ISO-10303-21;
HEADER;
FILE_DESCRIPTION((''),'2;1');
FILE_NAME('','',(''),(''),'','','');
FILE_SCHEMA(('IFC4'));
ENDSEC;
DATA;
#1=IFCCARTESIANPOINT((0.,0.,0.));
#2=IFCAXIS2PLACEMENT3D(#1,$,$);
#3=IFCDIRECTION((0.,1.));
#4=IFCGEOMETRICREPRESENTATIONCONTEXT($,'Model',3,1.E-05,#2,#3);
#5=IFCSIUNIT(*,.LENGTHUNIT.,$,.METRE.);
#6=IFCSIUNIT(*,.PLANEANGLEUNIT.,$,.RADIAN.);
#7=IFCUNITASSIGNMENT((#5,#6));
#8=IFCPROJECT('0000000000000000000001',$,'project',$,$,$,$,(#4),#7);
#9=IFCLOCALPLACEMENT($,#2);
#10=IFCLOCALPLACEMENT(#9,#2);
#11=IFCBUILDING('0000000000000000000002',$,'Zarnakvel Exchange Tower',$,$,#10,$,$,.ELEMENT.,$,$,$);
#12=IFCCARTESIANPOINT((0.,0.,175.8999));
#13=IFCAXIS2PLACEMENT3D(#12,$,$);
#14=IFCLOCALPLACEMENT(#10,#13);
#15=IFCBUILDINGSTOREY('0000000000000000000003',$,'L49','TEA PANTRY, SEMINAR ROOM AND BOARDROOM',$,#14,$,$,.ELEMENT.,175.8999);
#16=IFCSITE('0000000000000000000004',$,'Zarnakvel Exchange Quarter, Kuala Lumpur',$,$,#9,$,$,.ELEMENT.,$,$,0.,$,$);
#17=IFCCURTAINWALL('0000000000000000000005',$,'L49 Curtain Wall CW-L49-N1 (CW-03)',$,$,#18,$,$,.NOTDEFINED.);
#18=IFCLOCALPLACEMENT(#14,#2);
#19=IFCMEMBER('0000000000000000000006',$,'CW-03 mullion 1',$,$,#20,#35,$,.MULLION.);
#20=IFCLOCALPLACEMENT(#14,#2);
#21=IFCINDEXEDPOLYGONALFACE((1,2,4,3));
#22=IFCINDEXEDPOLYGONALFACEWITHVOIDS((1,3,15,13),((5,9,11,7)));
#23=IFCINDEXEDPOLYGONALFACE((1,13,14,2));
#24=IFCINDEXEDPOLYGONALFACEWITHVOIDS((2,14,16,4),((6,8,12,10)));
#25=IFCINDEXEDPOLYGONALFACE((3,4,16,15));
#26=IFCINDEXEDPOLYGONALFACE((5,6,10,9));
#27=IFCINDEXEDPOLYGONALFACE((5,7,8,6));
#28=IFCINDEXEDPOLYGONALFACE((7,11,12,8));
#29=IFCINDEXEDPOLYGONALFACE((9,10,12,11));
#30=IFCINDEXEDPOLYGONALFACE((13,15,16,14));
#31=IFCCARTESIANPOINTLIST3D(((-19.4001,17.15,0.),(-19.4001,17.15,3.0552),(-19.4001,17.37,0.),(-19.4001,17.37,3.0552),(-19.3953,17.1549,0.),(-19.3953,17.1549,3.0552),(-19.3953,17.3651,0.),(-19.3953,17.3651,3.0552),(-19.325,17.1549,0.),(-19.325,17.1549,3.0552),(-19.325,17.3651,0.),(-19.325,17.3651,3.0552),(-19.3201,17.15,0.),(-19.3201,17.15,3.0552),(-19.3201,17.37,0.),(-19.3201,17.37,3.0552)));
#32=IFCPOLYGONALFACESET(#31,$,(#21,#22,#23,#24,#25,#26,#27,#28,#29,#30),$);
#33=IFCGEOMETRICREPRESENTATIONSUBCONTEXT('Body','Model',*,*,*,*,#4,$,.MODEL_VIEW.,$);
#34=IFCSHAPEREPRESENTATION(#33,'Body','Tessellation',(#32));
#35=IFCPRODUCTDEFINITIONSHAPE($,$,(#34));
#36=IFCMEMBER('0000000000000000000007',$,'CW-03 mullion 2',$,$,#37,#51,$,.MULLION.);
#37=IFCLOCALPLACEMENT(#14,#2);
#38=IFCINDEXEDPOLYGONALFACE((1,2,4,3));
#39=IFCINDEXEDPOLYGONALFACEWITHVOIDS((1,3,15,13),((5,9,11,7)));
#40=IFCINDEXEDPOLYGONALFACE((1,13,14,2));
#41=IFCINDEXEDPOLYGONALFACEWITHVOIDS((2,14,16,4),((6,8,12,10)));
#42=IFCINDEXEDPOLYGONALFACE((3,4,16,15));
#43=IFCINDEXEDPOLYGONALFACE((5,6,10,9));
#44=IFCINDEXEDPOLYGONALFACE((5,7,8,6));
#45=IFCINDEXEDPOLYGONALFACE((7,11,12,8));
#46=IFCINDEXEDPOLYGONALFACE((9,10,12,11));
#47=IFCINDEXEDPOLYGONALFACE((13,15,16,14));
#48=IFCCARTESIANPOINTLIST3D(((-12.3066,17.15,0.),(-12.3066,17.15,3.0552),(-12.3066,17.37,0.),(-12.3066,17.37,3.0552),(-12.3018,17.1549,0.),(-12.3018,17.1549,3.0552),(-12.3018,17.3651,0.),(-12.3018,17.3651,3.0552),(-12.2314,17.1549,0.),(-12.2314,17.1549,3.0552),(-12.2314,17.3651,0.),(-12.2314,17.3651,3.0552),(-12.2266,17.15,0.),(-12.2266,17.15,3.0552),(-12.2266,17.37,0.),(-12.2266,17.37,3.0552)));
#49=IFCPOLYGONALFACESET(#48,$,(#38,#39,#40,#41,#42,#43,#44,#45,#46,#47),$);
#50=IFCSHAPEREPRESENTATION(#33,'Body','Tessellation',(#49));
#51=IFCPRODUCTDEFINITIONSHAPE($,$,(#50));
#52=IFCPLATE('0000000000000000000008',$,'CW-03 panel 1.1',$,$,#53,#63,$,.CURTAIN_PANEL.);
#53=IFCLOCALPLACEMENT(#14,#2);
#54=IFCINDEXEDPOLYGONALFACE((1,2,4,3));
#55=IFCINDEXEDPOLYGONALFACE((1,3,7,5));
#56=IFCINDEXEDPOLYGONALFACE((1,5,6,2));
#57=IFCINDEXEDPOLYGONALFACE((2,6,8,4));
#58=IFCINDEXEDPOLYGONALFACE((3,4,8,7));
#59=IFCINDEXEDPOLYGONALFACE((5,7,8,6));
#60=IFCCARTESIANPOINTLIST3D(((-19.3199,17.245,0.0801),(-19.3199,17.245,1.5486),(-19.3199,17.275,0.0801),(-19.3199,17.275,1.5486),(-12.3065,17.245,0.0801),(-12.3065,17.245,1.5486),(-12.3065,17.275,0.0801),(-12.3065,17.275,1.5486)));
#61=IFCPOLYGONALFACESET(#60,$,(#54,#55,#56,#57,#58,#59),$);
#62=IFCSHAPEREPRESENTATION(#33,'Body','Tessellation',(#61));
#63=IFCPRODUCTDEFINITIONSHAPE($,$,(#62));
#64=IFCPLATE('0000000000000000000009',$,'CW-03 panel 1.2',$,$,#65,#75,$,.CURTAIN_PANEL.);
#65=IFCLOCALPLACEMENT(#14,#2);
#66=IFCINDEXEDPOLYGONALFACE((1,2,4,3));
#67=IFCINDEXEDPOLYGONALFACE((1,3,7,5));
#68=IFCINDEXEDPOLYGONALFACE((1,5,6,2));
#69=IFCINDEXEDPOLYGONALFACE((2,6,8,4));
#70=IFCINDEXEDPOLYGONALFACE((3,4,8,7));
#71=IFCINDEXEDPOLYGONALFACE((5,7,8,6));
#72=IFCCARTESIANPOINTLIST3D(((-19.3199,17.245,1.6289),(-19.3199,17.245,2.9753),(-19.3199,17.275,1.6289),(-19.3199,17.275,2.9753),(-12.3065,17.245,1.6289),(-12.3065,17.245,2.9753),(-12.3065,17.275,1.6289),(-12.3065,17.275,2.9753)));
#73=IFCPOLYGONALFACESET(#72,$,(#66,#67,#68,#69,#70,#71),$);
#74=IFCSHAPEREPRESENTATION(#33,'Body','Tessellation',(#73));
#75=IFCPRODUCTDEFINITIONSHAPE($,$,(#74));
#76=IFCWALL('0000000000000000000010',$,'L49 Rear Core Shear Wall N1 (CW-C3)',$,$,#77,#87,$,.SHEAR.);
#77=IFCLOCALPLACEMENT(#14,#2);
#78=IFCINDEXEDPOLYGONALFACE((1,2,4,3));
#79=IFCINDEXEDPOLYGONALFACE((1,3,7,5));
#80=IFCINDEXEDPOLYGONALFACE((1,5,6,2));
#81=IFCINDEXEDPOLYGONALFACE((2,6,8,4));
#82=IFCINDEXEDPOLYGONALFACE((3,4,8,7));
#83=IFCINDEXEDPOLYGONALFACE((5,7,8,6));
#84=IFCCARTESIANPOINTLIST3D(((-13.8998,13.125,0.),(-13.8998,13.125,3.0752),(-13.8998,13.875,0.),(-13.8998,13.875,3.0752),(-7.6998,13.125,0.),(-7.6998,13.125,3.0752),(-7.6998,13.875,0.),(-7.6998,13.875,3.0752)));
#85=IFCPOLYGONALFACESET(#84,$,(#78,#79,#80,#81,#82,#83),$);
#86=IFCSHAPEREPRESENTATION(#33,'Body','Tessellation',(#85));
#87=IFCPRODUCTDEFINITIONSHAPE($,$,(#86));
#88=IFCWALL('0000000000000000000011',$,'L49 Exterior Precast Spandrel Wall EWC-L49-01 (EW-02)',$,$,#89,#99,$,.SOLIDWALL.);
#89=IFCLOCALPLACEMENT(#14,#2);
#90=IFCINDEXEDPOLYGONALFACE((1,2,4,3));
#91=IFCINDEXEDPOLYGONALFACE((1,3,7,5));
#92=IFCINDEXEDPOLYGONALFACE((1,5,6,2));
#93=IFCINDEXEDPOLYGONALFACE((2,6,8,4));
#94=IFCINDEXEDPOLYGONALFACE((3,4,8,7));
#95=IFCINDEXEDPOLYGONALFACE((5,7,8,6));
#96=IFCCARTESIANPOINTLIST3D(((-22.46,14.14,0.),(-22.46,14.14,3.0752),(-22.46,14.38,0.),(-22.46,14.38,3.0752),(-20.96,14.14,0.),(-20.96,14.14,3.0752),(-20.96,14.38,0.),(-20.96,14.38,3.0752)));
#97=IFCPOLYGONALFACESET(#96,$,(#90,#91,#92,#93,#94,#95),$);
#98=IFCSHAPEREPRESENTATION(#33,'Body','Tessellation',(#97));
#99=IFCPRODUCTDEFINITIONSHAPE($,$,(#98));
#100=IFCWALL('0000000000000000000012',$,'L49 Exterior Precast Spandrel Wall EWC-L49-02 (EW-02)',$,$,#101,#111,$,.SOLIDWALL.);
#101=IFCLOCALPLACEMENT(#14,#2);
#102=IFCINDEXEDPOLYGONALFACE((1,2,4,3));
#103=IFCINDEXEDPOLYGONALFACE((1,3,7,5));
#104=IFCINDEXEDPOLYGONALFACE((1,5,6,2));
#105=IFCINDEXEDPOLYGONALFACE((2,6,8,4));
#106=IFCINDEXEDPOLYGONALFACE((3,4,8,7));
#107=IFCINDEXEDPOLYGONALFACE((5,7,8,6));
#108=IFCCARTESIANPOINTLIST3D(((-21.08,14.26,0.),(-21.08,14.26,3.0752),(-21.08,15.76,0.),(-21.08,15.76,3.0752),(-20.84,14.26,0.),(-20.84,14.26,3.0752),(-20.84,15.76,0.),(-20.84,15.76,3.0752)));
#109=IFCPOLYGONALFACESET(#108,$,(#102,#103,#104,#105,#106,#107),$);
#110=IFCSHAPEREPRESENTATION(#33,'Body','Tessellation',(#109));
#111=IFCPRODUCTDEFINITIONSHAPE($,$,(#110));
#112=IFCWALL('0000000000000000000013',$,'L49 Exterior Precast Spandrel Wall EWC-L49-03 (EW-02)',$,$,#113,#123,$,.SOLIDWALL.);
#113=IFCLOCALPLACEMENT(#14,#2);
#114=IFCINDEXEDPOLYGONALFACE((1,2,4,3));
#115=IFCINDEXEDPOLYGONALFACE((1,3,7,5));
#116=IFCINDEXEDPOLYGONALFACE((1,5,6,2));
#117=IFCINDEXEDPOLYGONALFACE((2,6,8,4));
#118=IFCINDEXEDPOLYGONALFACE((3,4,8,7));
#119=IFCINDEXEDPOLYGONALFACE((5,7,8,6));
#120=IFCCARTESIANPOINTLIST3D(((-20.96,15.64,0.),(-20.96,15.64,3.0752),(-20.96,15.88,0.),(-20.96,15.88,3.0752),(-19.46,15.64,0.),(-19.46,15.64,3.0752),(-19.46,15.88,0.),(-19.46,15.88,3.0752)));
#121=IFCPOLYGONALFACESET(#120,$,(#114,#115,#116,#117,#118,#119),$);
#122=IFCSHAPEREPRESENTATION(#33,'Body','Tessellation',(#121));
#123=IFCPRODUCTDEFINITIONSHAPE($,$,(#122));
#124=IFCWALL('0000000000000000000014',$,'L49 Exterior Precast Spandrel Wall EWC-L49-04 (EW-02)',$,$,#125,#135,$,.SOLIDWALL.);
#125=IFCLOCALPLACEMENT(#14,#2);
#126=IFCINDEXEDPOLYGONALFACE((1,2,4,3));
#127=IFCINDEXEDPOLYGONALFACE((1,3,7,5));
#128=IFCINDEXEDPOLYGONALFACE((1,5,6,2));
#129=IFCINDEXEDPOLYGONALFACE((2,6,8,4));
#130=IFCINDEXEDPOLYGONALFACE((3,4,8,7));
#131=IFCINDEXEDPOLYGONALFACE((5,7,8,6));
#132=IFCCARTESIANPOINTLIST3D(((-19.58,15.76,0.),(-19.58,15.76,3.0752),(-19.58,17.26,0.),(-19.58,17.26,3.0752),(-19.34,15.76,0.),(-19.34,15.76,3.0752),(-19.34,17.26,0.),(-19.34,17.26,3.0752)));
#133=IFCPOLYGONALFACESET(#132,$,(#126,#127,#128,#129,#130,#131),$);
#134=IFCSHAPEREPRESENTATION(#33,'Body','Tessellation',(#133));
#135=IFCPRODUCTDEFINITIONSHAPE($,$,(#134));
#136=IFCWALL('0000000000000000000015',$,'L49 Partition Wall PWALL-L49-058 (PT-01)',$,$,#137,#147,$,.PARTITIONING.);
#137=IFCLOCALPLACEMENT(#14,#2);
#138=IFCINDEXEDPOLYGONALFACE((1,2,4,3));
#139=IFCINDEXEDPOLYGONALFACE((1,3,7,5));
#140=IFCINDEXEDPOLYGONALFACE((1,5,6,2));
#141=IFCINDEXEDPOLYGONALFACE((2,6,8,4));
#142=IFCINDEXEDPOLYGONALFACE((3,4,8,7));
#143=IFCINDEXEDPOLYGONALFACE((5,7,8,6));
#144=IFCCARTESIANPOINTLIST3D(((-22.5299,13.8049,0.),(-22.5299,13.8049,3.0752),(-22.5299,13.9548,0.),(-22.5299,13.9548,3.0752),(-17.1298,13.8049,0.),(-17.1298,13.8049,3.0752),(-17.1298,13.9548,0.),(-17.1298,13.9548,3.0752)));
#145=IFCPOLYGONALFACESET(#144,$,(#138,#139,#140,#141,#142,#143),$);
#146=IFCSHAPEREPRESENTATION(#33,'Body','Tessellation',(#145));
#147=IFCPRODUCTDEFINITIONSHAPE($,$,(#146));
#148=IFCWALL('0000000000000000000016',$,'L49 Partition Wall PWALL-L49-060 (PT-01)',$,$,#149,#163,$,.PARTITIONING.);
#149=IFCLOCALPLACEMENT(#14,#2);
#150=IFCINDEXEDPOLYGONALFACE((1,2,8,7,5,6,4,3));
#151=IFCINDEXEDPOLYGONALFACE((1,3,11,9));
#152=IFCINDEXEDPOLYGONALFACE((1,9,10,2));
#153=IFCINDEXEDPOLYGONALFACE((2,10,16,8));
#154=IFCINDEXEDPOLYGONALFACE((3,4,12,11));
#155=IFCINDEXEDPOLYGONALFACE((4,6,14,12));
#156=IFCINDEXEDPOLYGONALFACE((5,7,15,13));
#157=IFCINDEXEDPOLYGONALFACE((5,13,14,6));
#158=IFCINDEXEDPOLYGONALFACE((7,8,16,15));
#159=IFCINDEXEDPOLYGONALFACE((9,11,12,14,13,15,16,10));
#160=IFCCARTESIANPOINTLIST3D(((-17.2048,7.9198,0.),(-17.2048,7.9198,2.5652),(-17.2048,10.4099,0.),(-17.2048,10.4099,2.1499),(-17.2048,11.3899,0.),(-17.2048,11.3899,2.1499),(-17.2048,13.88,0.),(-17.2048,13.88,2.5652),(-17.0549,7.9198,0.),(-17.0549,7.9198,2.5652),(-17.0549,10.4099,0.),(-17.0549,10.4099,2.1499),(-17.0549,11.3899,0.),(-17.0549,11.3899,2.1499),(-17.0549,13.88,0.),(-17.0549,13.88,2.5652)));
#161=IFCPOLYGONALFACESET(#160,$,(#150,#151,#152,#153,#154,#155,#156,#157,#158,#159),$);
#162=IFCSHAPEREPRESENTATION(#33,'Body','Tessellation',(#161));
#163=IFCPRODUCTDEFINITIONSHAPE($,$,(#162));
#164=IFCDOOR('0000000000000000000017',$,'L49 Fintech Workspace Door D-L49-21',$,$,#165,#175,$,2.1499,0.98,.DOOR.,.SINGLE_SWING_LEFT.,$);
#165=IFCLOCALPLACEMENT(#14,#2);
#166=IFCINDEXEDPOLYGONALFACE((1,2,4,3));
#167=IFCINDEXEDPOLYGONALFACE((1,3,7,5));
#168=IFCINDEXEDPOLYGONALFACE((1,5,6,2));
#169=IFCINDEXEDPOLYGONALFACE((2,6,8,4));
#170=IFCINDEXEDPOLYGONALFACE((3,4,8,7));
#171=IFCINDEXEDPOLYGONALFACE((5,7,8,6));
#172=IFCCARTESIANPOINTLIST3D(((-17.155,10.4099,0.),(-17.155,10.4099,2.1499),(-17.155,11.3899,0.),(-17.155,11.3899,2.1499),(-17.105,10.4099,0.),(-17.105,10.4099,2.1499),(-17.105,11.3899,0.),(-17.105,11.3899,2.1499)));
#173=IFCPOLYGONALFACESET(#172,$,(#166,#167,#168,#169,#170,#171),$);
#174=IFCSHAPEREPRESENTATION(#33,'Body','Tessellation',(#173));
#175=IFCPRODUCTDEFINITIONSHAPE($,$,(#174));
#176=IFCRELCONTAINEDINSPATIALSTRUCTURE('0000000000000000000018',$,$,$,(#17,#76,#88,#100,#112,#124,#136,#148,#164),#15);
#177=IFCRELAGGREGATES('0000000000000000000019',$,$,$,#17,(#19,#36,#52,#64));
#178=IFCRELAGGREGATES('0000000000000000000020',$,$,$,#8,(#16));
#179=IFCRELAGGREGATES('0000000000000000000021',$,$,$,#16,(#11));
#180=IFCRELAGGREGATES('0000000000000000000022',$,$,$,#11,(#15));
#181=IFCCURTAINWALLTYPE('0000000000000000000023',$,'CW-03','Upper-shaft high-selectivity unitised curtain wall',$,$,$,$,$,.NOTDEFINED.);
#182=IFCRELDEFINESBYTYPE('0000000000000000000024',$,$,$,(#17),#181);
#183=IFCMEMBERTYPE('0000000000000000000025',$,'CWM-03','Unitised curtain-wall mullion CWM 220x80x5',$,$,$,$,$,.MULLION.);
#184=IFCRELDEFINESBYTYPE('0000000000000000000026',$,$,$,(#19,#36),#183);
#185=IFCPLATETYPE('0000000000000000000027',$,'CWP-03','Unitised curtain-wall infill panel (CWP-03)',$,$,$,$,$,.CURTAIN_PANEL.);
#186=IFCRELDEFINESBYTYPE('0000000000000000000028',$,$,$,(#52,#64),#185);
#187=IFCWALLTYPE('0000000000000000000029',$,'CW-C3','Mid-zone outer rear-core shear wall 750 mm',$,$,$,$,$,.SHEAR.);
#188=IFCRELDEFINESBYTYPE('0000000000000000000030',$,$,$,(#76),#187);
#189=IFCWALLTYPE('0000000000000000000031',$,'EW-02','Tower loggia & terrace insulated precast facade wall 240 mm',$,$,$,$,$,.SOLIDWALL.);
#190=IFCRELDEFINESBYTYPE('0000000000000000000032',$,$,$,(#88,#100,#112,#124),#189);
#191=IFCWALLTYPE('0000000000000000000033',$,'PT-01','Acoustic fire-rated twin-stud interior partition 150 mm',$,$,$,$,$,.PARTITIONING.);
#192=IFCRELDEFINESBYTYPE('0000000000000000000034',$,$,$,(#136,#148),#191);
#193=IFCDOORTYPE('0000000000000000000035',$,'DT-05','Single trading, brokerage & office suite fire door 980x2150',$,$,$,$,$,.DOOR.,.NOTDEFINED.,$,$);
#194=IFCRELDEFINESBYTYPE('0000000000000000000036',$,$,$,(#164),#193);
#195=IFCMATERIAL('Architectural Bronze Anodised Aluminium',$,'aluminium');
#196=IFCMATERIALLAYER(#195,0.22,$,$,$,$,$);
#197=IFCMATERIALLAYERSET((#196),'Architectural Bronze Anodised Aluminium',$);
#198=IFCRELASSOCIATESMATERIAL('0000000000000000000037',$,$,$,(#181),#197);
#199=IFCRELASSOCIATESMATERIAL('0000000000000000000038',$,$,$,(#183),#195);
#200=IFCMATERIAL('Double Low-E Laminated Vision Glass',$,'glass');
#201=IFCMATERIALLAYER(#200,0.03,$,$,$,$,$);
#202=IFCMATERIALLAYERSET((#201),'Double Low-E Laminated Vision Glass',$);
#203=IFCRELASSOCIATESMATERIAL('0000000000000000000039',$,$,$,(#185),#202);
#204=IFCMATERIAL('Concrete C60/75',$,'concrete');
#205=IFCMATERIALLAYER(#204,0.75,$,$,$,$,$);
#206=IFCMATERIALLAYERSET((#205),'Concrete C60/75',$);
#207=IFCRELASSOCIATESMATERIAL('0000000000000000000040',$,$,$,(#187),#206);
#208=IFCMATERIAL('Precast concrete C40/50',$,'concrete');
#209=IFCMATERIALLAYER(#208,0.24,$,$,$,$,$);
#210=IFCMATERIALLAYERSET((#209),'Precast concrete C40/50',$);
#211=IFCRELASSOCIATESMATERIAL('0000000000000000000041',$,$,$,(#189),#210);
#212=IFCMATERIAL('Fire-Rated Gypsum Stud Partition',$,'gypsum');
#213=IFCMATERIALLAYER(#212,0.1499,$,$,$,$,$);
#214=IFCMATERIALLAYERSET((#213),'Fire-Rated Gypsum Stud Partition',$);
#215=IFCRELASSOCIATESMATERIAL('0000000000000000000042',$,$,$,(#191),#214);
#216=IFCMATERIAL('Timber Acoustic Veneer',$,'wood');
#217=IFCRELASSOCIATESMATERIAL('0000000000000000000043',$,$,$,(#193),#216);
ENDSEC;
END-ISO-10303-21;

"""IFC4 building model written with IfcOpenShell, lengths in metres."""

from ifc_helpers import new_model, si_unit, direction, frame, frame_2d, origin, origin_2d, place, context, subcontext, project, spatial, rectangle, hollow_rectangle, extrude, source, transform, mapped, material, layer, layer_set, material_profile, profile_set, type_object, element, fill, aggregate, save


model = new_model("IFC4")

# Units and contexts
model_context = context("Model", 3, precision=1e-05, world=origin(), true_north=direction((0.0, 1.0)))
body_context = subcontext(model_context, "Body", "Model", "MODEL_VIEW")
ifc_project = project(units=[si_unit("LENGTHUNIT", "METRE"), si_unit("PLANEANGLEUNIT", "RADIAN")], contexts=[model_context])

# Site, building, storey
site_placement = place(None, origin())
site = spatial("IfcSite", under=ifc_project, at=site_placement, Name="Zarnakvel Exchange Quarter, Kuala Lumpur", CompositionType="ELEMENT", RefElevation=0.0)
building_placement = place(site_placement, origin())
building = spatial("IfcBuilding", under=site, at=building_placement, Name="Zarnakvel Exchange Tower", CompositionType="ELEMENT")
storey_placement = place(building_placement, frame((0.0, 0.0, 175.8999)))
storey = spatial("IfcBuildingStorey", under=building, at=storey_placement, Name="L49", Description="TEA PANTRY, SEMINAR ROOM AND BOARDROOM", CompositionType="ELEMENT", Elevation=175.8999)

# Shared definitions
ifc_material_1 = material(Name="Concrete C60/75", Category="concrete")

# Shared definitions
ifc_material_2 = material(Name="Architectural Bronze Anodised Aluminium", Category="aluminium")

# Curtain wall, members, plates
ifc_layer_1 = layer(ifc_material_2, 0.22)
ifc_layer_set_1 = layer_set([ifc_layer_1], Name="Architectural Bronze Anodised Aluminium")
curtain_wall_type_1 = type_object("IfcCurtainWallType", Name="CW-03", Description="Upper-shaft high-selectivity unitised curtain wall", PredefinedType="NOTDEFINED", material=ifc_layer_set_1)
curtain_wall_1_placement = place(storey_placement, origin())
curtain_wall_1 = element("IfcCurtainWall", 1, at=curtain_wall_1_placement, inside=storey, type_object=curtain_wall_type_1, Name="L49 Curtain Wall CW-L49-N1 (CW-03)", PredefinedType="NOTDEFINED")
ifc_material_profile_1 = material_profile(ifc_material_2, hollow_rectangle(XDim=0.22, YDim=0.0801, WallThickness=0.0049, at=origin_2d()))
ifc_profile_set_1 = profile_set([ifc_material_profile_1], Name="Architectural Bronze Anodised Aluminium")
member_type_1 = type_object("IfcMemberType", Name="CWM-03", Description="Unitised curtain-wall mullion CWM 220x80x5", PredefinedType="MULLION", material=ifc_profile_set_1)
shared_shape_1 = source(origin(), body_context, "Body", "SweptSolid", [
    extrude(hollow_rectangle(XDim=0.22, YDim=0.0801, WallThickness=0.0049, at=origin_2d()), origin(), (0.0, 0.0, 1.0), 3.0552),
])
member_1_placement = place(storey_placement, frame((-19.3601, 17.26, 0.0), z_axis=(0.0, 0.0, 1.0), x_axis=(0.0, 1.0, 0.0)))
member_1 = element("IfcMember", 2, at=member_1_placement, type_object=member_type_1, Name="CW-03 mullion 1", PredefinedType="MULLION", context=body_context, shape_type="MappedRepresentation", body=[
    mapped(shared_shape_1, transform((0.0, 0.0, 0.0), x_axis=(1.0, 0.0, 0.0), y_axis=(0.0, 1.0, 0.0), z_axis=(0.0, 0.0, 1.0), scale=1.0)),
])
member_2_placement = place(storey_placement, frame((-12.2666, 17.26, 0.0), z_axis=(0.0, 0.0, 1.0), x_axis=(0.0, 1.0, 0.0)))
member_2 = element("IfcMember", 3, at=member_2_placement, type_object=member_type_1, Name="CW-03 mullion 2", PredefinedType="MULLION", context=body_context, shape_type="MappedRepresentation", body=[
    mapped(shared_shape_1, transform((0.0, 0.0, 0.0), x_axis=(1.0, 0.0, 0.0), y_axis=(0.0, 1.0, 0.0), z_axis=(0.0, 0.0, 1.0), scale=1.0)),
])
ifc_material_3 = material(Name="Double Low-E Laminated Vision Glass", Category="glass")
ifc_layer_2 = layer(ifc_material_3, 0.03)
ifc_layer_set_2 = layer_set([ifc_layer_2], Name="Double Low-E Laminated Vision Glass")
plate_type = type_object("IfcPlateType", Name="CWP-03", Description="Unitised curtain-wall infill panel (CWP-03)", PredefinedType="CURTAIN_PANEL", material=ifc_layer_set_2)
shared_shape_2 = source(origin(), body_context, "Body", "SweptSolid", [
    extrude(rectangle(XDim=7.0134, YDim=0.03, at=origin_2d()), origin(), (0.0, 0.0, 1.0), 1.4685),
])
plate_1_placement = place(storey_placement, frame((-15.8132, 17.26, 0.0801), z_axis=(0.0, 0.0, 1.0), x_axis=(1.0, 0.0, 0.0)))
plate_1 = element("IfcPlate", 4, at=plate_1_placement, type_object=plate_type, Name="CW-03 panel 1.1", PredefinedType="CURTAIN_PANEL", context=body_context, shape_type="MappedRepresentation", body=[
    mapped(shared_shape_2, transform((0.0, 0.0, 0.0), x_axis=(1.0, 0.0, 0.0), y_axis=(0.0, 1.0, 0.0), z_axis=(0.0, 0.0, 1.0), scale=1.0)),
])
shared_shape_3 = source(origin(), body_context, "Body", "SweptSolid", [
    extrude(rectangle(XDim=7.0134, YDim=0.03, at=origin_2d()), origin(), (0.0, 0.0, 1.0), 1.3464),
])
plate_2_placement = place(storey_placement, frame((-15.8132, 17.26, 1.6289), z_axis=(0.0, 0.0, 1.0), x_axis=(1.0, 0.0, 0.0)))
plate_2 = element("IfcPlate", 5, at=plate_2_placement, type_object=plate_type, Name="CW-03 panel 1.2", PredefinedType="CURTAIN_PANEL", context=body_context, shape_type="MappedRepresentation", body=[
    mapped(shared_shape_3, transform((0.0, 0.0, 0.0), x_axis=(1.0, 0.0, 0.0), y_axis=(0.0, 1.0, 0.0), z_axis=(0.0, 0.0, 1.0), scale=1.0)),
])
aggregate(curtain_wall_1, [member_1, member_2, plate_1, plate_2])

# Walls
ifc_layer_3 = layer(ifc_material_1, 0.75)
ifc_layer_set_3 = layer_set([ifc_layer_3], Name="Concrete C60/75")
wall_type_1 = type_object("IfcWallType", Name="CW-C3", Description="Mid-zone outer rear-core shear wall 750 mm", PredefinedType="SHEAR", material=ifc_layer_set_3)
wall_1_placement = place(storey_placement, frame((-13.8999, 13.5, 0.0), z_axis=(0.0, 0.0, 1.0), x_axis=(1.0, 0.0, 0.0)))
element("IfcWall", 6, at=wall_1_placement, inside=storey, type_object=wall_type_1, Name="L49 Rear Core Shear Wall N1 (CW-C3)", PredefinedType="SHEAR", context=body_context, shape_type="SweptSolid", body=[
    extrude(rectangle(XDim=6.2, YDim=0.75, at=frame_2d((3.1001, 0.0))), origin(), (0.0, 0.0, 1.0), 3.0752),
])
ifc_material_4 = material(Name="Precast concrete C40/50", Category="concrete")
ifc_layer_4 = layer(ifc_material_4, 0.24)
ifc_layer_set_4 = layer_set([ifc_layer_4], Name="Precast concrete C40/50")
wall_type_2 = type_object("IfcWallType", Name="EW-02", Description="Tower loggia & terrace insulated precast facade wall 240 mm", PredefinedType="SOLIDWALL", material=ifc_layer_set_4)
for number, where, z_axis, x_axis, name in (
    (7, (-20.96, 14.26, 0.0), (0.0, 0.0, 1.0), (-1.0, 0.0, 0.0), "L49 Exterior Precast Spandrel Wall EWC-L49-01 (EW-02)"),
    (8, (-20.96, 15.76, 0.0), (0.0, 0.0, 1.0), (0.0, -1.0, 0.0), "L49 Exterior Precast Spandrel Wall EWC-L49-02 (EW-02)"),
    (9, (-19.46, 15.76, 0.0), (0.0, 0.0, 1.0), (-1.0, 0.0, 0.0), "L49 Exterior Precast Spandrel Wall EWC-L49-03 (EW-02)"),
    (10, (-19.46, 17.26, 0.0), (0.0, 0.0, 1.0), (0.0, -1.0, 0.0), "L49 Exterior Precast Spandrel Wall EWC-L49-04 (EW-02)"),
):
    element("IfcWall", number, at=place(storey_placement, frame(where, z_axis=z_axis, x_axis=x_axis)), inside=storey, type_object=wall_type_2, Name=name, PredefinedType="SOLIDWALL", context=body_context, shape_type="SweptSolid", body=[
        extrude(rectangle(XDim=1.5, YDim=0.24, at=frame_2d((0.75, 0.0))), origin(), (0.0, 0.0, 1.0), 3.0752),
    ])
ifc_material_5 = material(Name="Fire-Rated Gypsum Stud Partition", Category="gypsum")
ifc_layer_5 = layer(ifc_material_5, 0.1499)
ifc_layer_set_5 = layer_set([ifc_layer_5], Name="Fire-Rated Gypsum Stud Partition")
wall_type_3 = type_object("IfcWallType", Name="PT-01", Description="Acoustic fire-rated twin-stud interior partition 150 mm", PredefinedType="PARTITIONING", material=ifc_layer_set_5)
wall_2_placement = place(storey_placement, frame((-22.53, 13.8799, 0.0), z_axis=(0.0, 0.0, 1.0), x_axis=(1.0, 0.0, 0.0)))
element("IfcWall", 11, at=wall_2_placement, inside=storey, type_object=wall_type_3, Name="L49 Partition Wall PWALL-L49-058 (PT-01)", PredefinedType="PARTITIONING", context=body_context, shape_type="SweptSolid", body=[
    extrude(rectangle(XDim=5.4001, YDim=0.1499, at=frame_2d((2.7002, 0.0))), origin(), (0.0, 0.0, 1.0), 3.0752),
])

# Wall, opening, door
wall_3_placement = place(storey_placement, frame((-17.1299, 13.8799, 0.0), z_axis=(0.0, 0.0, 1.0), x_axis=(0.0, -1.0, 0.0)))
wall_3 = element("IfcWall", 12, at=wall_3_placement, inside=storey, type_object=wall_type_3, Name="L49 Partition Wall PWALL-L49-060 (PT-01)", PredefinedType="PARTITIONING", context=body_context, shape_type="SweptSolid", body=[
    extrude(rectangle(XDim=5.9602, YDim=0.1499, at=frame_2d((2.98, 0.0))), origin(), (0.0, 0.0, 1.0), 2.5652),
])
opening_placement = place(wall_3_placement, frame((2.49, 0.0, 0.0)))
opening = element("IfcOpeningElement", 13, at=opening_placement, cuts=wall_3, PredefinedType="OPENING", context=body_context, shape_type="SweptSolid", body=[
    extrude(rectangle(XDim=0.98, YDim=2.1499, at=frame_2d((0.49, 1.075))), frame((0.0, 0.085, 0.0), z_axis=(0.0, -1.0, 0.0), x_axis=(1.0, 0.0, 0.0)), (0.0, 0.0, 1.0), 0.1699),
])
ifc_material_6 = material(Name="Timber Acoustic Veneer", Category="wood")
door_type = type_object("IfcDoorType", Name="DT-05", Description="Single trading, brokerage & office suite fire door 980x2150", OperationType="NOTDEFINED", PredefinedType="DOOR", material=ifc_material_6)
shared_shape_4 = source(origin(), body_context, "Body", "SweptSolid", [
    extrude(rectangle(XDim=0.98, YDim=2.1499, at=frame_2d((0.49, 1.075))), frame((0.0, 0.0249, 0.0), z_axis=(0.0, -1.0, 0.0), x_axis=(1.0, 0.0, 0.0)), (0.0, 0.0, 1.0), 0.05),
])
door_placement = place(opening_placement, origin())
door = element("IfcDoor", 14, at=door_placement, inside=storey, type_object=door_type, Name="L49 Fintech Workspace Door D-L49-21", OperationType="SINGLE_SWING_LEFT", OverallHeight=2.1499, OverallWidth=0.98, PredefinedType="DOOR", context=body_context, shape_type="MappedRepresentation", body=[
    mapped(shared_shape_4, transform((0.0, 0.0, 0.0), x_axis=(1.0, 0.0, 0.0), y_axis=(0.0, 1.0, 0.0), z_axis=(0.0, 0.0, 1.0), scale=1.0)),
])
fill(opening, door)

save(model, "model.ifc")
